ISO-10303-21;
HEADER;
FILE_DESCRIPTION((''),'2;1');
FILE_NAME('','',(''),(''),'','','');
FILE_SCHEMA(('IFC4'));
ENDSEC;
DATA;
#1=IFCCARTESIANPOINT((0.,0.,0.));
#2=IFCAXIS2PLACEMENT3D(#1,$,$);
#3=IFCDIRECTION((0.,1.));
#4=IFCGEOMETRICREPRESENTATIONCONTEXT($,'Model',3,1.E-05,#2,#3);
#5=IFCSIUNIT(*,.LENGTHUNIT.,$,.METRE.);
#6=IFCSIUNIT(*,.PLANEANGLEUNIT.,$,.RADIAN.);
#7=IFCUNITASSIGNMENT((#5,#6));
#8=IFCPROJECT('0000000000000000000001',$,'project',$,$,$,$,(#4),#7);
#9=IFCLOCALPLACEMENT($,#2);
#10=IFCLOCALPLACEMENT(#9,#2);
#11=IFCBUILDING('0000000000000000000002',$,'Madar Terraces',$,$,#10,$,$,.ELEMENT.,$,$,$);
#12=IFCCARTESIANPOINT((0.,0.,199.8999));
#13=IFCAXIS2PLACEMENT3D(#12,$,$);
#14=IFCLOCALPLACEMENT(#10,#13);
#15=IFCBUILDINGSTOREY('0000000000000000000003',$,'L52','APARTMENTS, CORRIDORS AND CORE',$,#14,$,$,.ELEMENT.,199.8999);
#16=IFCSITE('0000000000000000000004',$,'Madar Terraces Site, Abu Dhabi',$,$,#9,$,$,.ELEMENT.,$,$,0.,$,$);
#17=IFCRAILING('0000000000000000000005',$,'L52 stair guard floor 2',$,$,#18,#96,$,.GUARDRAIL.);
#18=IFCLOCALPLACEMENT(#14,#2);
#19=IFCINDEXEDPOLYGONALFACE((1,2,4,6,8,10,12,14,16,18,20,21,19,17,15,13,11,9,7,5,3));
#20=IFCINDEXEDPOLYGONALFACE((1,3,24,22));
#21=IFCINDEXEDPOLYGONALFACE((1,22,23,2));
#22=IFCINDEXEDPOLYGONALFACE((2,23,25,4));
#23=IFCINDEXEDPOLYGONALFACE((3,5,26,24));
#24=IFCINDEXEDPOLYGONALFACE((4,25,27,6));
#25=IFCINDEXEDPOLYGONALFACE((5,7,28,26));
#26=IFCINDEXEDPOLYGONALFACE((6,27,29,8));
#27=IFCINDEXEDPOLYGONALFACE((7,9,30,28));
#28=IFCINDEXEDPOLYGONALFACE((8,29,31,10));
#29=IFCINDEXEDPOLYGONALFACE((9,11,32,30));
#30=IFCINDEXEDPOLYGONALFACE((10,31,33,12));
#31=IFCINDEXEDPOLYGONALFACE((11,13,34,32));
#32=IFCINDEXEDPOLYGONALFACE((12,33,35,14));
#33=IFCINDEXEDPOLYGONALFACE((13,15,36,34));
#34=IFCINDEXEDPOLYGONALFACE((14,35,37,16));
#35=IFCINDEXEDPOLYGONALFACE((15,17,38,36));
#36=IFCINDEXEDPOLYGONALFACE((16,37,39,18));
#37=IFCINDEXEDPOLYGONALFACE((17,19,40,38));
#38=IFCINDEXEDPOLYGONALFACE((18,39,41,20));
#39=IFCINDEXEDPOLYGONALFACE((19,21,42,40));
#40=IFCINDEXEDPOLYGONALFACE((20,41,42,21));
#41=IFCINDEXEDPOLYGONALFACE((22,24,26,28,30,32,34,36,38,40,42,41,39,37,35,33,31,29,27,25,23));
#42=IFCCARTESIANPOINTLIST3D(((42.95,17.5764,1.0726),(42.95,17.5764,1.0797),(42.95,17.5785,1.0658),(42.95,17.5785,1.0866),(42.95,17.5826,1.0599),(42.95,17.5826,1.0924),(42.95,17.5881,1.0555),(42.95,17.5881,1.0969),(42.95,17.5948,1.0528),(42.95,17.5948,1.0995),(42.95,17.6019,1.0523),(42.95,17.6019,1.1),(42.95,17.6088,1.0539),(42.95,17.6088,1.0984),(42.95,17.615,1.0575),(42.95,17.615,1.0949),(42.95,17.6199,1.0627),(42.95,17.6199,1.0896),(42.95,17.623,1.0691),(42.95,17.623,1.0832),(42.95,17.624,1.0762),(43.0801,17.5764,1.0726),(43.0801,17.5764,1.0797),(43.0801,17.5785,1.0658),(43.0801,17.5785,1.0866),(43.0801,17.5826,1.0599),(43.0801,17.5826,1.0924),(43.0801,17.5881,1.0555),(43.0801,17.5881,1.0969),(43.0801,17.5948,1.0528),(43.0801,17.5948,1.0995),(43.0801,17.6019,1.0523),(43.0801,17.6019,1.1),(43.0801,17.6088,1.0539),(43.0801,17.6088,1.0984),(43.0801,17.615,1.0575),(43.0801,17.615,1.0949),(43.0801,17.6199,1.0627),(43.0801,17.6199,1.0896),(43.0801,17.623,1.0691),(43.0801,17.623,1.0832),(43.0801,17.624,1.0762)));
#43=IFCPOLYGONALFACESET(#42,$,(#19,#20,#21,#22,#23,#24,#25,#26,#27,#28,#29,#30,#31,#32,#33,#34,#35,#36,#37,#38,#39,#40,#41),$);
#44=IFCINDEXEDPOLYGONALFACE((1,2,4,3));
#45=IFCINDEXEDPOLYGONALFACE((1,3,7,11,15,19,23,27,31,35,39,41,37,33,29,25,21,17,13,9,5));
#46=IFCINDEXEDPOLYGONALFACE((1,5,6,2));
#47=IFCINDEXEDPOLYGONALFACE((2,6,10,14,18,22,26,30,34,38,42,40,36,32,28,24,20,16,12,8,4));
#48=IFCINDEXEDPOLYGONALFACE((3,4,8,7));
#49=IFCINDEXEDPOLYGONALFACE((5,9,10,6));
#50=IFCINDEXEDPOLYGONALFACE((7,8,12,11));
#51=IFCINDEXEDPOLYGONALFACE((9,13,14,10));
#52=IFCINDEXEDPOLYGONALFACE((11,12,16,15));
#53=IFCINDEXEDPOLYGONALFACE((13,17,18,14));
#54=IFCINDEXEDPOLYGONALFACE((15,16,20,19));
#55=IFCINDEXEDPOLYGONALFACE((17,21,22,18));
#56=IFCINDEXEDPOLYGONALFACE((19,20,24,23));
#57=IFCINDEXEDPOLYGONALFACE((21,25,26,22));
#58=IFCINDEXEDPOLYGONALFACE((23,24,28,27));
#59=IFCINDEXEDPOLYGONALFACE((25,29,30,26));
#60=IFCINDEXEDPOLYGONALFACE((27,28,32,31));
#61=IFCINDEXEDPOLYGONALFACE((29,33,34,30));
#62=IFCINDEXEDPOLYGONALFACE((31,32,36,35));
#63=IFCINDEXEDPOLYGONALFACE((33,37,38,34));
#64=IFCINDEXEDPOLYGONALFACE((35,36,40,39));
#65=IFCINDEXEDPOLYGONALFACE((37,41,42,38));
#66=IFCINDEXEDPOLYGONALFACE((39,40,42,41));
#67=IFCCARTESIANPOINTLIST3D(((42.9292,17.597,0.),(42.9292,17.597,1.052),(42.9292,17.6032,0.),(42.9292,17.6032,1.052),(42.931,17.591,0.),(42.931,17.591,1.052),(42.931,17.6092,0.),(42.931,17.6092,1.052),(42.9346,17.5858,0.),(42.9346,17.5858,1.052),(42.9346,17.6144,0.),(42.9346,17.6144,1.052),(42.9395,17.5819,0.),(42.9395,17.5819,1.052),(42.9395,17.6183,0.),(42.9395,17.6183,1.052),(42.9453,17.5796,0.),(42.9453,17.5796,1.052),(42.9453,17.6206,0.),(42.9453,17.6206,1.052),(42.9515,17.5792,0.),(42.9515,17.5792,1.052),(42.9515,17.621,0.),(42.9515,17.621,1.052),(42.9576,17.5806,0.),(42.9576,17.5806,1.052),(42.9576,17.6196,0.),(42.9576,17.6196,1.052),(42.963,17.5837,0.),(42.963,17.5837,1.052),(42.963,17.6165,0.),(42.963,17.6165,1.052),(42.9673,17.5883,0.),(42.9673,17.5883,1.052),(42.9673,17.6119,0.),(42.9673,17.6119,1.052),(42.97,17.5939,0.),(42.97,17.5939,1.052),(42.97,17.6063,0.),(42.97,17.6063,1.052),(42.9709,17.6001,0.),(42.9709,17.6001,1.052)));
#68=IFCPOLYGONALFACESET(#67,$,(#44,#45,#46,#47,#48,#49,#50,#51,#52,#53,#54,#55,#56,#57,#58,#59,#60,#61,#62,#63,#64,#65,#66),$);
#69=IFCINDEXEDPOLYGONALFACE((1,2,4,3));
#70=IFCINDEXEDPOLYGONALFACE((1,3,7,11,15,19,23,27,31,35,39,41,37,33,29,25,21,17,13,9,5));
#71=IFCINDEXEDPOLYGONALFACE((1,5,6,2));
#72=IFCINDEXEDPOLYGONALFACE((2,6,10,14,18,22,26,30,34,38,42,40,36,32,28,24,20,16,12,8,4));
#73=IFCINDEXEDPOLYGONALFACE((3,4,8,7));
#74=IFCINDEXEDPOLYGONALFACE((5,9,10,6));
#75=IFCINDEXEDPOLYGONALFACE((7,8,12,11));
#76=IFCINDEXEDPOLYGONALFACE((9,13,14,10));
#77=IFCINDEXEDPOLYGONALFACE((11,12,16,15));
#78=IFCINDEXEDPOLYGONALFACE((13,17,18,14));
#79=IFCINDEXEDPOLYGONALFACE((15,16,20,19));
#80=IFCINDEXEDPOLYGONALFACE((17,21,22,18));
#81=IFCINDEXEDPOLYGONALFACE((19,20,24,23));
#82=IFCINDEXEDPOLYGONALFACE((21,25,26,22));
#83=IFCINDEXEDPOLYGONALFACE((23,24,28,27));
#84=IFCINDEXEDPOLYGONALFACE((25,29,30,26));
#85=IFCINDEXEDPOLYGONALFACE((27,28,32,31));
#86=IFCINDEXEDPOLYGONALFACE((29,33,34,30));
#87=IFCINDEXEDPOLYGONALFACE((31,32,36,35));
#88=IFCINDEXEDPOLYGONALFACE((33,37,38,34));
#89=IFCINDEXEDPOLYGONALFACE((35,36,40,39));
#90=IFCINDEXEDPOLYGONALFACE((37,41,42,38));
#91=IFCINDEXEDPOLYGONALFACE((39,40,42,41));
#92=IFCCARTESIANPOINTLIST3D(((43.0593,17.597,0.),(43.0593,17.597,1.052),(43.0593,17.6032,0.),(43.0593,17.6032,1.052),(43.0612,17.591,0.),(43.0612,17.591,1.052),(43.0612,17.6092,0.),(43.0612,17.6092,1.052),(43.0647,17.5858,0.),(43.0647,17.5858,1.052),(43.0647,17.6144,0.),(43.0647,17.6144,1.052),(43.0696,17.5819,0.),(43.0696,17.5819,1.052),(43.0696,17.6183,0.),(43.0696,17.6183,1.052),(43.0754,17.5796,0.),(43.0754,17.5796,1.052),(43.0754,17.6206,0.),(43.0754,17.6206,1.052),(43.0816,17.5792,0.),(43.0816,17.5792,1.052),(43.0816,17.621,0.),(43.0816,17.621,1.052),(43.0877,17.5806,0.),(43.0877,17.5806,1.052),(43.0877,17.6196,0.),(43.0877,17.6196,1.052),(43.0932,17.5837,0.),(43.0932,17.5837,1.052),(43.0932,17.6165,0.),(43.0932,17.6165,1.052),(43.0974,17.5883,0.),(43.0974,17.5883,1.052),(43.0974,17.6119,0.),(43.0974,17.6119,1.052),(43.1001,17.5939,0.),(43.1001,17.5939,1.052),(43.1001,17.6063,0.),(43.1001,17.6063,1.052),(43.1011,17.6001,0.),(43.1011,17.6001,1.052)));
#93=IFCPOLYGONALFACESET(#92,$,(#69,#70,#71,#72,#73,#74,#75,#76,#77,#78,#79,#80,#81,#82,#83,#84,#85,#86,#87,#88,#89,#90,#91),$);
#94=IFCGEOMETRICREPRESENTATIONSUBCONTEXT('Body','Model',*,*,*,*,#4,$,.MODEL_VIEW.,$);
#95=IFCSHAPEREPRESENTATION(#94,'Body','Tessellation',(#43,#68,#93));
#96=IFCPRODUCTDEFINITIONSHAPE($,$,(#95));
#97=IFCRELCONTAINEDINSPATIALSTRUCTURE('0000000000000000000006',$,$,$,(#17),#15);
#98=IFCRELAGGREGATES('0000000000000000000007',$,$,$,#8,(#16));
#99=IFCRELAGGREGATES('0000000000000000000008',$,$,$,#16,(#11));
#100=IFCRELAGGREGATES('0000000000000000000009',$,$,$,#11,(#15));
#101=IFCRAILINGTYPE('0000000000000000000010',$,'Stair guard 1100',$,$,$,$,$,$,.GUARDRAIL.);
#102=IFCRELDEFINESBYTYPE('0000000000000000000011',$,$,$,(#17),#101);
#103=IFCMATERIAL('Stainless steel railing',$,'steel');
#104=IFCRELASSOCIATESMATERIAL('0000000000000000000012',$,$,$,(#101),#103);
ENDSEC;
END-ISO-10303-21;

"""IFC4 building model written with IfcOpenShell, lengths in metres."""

from ifc_helpers import new_model, si_unit, direction, frame, origin, origin_2d, place, context, subcontext, project, spatial, circle, extrude, material, type_object, element, save


model = new_model("IFC4")

# Units and contexts
model_context = context("Model", 3, precision=1e-05, world=origin(), true_north=direction((0.0, 1.0)))
body_context = subcontext(model_context, "Body", "Model", "MODEL_VIEW")
ifc_project = project(units=[si_unit("LENGTHUNIT", "METRE"), si_unit("PLANEANGLEUNIT", "RADIAN")], contexts=[model_context])

# Site, building, storey
site_placement = place(None, origin())
site = spatial("IfcSite", under=ifc_project, at=site_placement, Name="Madar Terraces Site, Abu Dhabi", CompositionType="ELEMENT", RefElevation=0.0)
building_placement = place(site_placement, origin())
building = spatial("IfcBuilding", under=site, at=building_placement, Name="Madar Terraces", CompositionType="ELEMENT")
storey_placement = place(building_placement, frame((0.0, 0.0, 199.8999)))
storey = spatial("IfcBuildingStorey", under=building, at=storey_placement, Name="L52", Description="APARTMENTS, CORRIDORS AND CORE", CompositionType="ELEMENT", Elevation=199.8999)

# Railing
ifc_material_1 = material(Name="Stainless steel railing", Category="steel")
railing_type_1 = type_object("IfcRailingType", Name="Stair guard 1100", PredefinedType="GUARDRAIL", material=ifc_material_1)
railing_1_placement = place(storey_placement, frame((42.95, 17.6001, 0.0)))
element("IfcRailing", 1, at=railing_1_placement, inside=storey, type_object=railing_type_1, Name="L52 stair guard floor 2", PredefinedType="GUARDRAIL", context=body_context, shape_type="SweptSolid", body=[
    extrude(circle(Radius=0.0239, at=origin_2d()), frame((0.0, 0.0, 1.0762), z_axis=(1.0, 0.0, 0.0), x_axis=(0.0, 1.0, 0.0)), (0.0, 0.0, 1.0), 0.1301),
    extrude(circle(Radius=0.021, at=origin_2d()), origin(), (0.0, 0.0, 1.0), 1.052),
    extrude(circle(Radius=0.021, at=origin_2d()), frame((0.1301, 0.0, 0.0)), (0.0, 0.0, 1.0), 1.052),
])

save(model, "model.ifc")
